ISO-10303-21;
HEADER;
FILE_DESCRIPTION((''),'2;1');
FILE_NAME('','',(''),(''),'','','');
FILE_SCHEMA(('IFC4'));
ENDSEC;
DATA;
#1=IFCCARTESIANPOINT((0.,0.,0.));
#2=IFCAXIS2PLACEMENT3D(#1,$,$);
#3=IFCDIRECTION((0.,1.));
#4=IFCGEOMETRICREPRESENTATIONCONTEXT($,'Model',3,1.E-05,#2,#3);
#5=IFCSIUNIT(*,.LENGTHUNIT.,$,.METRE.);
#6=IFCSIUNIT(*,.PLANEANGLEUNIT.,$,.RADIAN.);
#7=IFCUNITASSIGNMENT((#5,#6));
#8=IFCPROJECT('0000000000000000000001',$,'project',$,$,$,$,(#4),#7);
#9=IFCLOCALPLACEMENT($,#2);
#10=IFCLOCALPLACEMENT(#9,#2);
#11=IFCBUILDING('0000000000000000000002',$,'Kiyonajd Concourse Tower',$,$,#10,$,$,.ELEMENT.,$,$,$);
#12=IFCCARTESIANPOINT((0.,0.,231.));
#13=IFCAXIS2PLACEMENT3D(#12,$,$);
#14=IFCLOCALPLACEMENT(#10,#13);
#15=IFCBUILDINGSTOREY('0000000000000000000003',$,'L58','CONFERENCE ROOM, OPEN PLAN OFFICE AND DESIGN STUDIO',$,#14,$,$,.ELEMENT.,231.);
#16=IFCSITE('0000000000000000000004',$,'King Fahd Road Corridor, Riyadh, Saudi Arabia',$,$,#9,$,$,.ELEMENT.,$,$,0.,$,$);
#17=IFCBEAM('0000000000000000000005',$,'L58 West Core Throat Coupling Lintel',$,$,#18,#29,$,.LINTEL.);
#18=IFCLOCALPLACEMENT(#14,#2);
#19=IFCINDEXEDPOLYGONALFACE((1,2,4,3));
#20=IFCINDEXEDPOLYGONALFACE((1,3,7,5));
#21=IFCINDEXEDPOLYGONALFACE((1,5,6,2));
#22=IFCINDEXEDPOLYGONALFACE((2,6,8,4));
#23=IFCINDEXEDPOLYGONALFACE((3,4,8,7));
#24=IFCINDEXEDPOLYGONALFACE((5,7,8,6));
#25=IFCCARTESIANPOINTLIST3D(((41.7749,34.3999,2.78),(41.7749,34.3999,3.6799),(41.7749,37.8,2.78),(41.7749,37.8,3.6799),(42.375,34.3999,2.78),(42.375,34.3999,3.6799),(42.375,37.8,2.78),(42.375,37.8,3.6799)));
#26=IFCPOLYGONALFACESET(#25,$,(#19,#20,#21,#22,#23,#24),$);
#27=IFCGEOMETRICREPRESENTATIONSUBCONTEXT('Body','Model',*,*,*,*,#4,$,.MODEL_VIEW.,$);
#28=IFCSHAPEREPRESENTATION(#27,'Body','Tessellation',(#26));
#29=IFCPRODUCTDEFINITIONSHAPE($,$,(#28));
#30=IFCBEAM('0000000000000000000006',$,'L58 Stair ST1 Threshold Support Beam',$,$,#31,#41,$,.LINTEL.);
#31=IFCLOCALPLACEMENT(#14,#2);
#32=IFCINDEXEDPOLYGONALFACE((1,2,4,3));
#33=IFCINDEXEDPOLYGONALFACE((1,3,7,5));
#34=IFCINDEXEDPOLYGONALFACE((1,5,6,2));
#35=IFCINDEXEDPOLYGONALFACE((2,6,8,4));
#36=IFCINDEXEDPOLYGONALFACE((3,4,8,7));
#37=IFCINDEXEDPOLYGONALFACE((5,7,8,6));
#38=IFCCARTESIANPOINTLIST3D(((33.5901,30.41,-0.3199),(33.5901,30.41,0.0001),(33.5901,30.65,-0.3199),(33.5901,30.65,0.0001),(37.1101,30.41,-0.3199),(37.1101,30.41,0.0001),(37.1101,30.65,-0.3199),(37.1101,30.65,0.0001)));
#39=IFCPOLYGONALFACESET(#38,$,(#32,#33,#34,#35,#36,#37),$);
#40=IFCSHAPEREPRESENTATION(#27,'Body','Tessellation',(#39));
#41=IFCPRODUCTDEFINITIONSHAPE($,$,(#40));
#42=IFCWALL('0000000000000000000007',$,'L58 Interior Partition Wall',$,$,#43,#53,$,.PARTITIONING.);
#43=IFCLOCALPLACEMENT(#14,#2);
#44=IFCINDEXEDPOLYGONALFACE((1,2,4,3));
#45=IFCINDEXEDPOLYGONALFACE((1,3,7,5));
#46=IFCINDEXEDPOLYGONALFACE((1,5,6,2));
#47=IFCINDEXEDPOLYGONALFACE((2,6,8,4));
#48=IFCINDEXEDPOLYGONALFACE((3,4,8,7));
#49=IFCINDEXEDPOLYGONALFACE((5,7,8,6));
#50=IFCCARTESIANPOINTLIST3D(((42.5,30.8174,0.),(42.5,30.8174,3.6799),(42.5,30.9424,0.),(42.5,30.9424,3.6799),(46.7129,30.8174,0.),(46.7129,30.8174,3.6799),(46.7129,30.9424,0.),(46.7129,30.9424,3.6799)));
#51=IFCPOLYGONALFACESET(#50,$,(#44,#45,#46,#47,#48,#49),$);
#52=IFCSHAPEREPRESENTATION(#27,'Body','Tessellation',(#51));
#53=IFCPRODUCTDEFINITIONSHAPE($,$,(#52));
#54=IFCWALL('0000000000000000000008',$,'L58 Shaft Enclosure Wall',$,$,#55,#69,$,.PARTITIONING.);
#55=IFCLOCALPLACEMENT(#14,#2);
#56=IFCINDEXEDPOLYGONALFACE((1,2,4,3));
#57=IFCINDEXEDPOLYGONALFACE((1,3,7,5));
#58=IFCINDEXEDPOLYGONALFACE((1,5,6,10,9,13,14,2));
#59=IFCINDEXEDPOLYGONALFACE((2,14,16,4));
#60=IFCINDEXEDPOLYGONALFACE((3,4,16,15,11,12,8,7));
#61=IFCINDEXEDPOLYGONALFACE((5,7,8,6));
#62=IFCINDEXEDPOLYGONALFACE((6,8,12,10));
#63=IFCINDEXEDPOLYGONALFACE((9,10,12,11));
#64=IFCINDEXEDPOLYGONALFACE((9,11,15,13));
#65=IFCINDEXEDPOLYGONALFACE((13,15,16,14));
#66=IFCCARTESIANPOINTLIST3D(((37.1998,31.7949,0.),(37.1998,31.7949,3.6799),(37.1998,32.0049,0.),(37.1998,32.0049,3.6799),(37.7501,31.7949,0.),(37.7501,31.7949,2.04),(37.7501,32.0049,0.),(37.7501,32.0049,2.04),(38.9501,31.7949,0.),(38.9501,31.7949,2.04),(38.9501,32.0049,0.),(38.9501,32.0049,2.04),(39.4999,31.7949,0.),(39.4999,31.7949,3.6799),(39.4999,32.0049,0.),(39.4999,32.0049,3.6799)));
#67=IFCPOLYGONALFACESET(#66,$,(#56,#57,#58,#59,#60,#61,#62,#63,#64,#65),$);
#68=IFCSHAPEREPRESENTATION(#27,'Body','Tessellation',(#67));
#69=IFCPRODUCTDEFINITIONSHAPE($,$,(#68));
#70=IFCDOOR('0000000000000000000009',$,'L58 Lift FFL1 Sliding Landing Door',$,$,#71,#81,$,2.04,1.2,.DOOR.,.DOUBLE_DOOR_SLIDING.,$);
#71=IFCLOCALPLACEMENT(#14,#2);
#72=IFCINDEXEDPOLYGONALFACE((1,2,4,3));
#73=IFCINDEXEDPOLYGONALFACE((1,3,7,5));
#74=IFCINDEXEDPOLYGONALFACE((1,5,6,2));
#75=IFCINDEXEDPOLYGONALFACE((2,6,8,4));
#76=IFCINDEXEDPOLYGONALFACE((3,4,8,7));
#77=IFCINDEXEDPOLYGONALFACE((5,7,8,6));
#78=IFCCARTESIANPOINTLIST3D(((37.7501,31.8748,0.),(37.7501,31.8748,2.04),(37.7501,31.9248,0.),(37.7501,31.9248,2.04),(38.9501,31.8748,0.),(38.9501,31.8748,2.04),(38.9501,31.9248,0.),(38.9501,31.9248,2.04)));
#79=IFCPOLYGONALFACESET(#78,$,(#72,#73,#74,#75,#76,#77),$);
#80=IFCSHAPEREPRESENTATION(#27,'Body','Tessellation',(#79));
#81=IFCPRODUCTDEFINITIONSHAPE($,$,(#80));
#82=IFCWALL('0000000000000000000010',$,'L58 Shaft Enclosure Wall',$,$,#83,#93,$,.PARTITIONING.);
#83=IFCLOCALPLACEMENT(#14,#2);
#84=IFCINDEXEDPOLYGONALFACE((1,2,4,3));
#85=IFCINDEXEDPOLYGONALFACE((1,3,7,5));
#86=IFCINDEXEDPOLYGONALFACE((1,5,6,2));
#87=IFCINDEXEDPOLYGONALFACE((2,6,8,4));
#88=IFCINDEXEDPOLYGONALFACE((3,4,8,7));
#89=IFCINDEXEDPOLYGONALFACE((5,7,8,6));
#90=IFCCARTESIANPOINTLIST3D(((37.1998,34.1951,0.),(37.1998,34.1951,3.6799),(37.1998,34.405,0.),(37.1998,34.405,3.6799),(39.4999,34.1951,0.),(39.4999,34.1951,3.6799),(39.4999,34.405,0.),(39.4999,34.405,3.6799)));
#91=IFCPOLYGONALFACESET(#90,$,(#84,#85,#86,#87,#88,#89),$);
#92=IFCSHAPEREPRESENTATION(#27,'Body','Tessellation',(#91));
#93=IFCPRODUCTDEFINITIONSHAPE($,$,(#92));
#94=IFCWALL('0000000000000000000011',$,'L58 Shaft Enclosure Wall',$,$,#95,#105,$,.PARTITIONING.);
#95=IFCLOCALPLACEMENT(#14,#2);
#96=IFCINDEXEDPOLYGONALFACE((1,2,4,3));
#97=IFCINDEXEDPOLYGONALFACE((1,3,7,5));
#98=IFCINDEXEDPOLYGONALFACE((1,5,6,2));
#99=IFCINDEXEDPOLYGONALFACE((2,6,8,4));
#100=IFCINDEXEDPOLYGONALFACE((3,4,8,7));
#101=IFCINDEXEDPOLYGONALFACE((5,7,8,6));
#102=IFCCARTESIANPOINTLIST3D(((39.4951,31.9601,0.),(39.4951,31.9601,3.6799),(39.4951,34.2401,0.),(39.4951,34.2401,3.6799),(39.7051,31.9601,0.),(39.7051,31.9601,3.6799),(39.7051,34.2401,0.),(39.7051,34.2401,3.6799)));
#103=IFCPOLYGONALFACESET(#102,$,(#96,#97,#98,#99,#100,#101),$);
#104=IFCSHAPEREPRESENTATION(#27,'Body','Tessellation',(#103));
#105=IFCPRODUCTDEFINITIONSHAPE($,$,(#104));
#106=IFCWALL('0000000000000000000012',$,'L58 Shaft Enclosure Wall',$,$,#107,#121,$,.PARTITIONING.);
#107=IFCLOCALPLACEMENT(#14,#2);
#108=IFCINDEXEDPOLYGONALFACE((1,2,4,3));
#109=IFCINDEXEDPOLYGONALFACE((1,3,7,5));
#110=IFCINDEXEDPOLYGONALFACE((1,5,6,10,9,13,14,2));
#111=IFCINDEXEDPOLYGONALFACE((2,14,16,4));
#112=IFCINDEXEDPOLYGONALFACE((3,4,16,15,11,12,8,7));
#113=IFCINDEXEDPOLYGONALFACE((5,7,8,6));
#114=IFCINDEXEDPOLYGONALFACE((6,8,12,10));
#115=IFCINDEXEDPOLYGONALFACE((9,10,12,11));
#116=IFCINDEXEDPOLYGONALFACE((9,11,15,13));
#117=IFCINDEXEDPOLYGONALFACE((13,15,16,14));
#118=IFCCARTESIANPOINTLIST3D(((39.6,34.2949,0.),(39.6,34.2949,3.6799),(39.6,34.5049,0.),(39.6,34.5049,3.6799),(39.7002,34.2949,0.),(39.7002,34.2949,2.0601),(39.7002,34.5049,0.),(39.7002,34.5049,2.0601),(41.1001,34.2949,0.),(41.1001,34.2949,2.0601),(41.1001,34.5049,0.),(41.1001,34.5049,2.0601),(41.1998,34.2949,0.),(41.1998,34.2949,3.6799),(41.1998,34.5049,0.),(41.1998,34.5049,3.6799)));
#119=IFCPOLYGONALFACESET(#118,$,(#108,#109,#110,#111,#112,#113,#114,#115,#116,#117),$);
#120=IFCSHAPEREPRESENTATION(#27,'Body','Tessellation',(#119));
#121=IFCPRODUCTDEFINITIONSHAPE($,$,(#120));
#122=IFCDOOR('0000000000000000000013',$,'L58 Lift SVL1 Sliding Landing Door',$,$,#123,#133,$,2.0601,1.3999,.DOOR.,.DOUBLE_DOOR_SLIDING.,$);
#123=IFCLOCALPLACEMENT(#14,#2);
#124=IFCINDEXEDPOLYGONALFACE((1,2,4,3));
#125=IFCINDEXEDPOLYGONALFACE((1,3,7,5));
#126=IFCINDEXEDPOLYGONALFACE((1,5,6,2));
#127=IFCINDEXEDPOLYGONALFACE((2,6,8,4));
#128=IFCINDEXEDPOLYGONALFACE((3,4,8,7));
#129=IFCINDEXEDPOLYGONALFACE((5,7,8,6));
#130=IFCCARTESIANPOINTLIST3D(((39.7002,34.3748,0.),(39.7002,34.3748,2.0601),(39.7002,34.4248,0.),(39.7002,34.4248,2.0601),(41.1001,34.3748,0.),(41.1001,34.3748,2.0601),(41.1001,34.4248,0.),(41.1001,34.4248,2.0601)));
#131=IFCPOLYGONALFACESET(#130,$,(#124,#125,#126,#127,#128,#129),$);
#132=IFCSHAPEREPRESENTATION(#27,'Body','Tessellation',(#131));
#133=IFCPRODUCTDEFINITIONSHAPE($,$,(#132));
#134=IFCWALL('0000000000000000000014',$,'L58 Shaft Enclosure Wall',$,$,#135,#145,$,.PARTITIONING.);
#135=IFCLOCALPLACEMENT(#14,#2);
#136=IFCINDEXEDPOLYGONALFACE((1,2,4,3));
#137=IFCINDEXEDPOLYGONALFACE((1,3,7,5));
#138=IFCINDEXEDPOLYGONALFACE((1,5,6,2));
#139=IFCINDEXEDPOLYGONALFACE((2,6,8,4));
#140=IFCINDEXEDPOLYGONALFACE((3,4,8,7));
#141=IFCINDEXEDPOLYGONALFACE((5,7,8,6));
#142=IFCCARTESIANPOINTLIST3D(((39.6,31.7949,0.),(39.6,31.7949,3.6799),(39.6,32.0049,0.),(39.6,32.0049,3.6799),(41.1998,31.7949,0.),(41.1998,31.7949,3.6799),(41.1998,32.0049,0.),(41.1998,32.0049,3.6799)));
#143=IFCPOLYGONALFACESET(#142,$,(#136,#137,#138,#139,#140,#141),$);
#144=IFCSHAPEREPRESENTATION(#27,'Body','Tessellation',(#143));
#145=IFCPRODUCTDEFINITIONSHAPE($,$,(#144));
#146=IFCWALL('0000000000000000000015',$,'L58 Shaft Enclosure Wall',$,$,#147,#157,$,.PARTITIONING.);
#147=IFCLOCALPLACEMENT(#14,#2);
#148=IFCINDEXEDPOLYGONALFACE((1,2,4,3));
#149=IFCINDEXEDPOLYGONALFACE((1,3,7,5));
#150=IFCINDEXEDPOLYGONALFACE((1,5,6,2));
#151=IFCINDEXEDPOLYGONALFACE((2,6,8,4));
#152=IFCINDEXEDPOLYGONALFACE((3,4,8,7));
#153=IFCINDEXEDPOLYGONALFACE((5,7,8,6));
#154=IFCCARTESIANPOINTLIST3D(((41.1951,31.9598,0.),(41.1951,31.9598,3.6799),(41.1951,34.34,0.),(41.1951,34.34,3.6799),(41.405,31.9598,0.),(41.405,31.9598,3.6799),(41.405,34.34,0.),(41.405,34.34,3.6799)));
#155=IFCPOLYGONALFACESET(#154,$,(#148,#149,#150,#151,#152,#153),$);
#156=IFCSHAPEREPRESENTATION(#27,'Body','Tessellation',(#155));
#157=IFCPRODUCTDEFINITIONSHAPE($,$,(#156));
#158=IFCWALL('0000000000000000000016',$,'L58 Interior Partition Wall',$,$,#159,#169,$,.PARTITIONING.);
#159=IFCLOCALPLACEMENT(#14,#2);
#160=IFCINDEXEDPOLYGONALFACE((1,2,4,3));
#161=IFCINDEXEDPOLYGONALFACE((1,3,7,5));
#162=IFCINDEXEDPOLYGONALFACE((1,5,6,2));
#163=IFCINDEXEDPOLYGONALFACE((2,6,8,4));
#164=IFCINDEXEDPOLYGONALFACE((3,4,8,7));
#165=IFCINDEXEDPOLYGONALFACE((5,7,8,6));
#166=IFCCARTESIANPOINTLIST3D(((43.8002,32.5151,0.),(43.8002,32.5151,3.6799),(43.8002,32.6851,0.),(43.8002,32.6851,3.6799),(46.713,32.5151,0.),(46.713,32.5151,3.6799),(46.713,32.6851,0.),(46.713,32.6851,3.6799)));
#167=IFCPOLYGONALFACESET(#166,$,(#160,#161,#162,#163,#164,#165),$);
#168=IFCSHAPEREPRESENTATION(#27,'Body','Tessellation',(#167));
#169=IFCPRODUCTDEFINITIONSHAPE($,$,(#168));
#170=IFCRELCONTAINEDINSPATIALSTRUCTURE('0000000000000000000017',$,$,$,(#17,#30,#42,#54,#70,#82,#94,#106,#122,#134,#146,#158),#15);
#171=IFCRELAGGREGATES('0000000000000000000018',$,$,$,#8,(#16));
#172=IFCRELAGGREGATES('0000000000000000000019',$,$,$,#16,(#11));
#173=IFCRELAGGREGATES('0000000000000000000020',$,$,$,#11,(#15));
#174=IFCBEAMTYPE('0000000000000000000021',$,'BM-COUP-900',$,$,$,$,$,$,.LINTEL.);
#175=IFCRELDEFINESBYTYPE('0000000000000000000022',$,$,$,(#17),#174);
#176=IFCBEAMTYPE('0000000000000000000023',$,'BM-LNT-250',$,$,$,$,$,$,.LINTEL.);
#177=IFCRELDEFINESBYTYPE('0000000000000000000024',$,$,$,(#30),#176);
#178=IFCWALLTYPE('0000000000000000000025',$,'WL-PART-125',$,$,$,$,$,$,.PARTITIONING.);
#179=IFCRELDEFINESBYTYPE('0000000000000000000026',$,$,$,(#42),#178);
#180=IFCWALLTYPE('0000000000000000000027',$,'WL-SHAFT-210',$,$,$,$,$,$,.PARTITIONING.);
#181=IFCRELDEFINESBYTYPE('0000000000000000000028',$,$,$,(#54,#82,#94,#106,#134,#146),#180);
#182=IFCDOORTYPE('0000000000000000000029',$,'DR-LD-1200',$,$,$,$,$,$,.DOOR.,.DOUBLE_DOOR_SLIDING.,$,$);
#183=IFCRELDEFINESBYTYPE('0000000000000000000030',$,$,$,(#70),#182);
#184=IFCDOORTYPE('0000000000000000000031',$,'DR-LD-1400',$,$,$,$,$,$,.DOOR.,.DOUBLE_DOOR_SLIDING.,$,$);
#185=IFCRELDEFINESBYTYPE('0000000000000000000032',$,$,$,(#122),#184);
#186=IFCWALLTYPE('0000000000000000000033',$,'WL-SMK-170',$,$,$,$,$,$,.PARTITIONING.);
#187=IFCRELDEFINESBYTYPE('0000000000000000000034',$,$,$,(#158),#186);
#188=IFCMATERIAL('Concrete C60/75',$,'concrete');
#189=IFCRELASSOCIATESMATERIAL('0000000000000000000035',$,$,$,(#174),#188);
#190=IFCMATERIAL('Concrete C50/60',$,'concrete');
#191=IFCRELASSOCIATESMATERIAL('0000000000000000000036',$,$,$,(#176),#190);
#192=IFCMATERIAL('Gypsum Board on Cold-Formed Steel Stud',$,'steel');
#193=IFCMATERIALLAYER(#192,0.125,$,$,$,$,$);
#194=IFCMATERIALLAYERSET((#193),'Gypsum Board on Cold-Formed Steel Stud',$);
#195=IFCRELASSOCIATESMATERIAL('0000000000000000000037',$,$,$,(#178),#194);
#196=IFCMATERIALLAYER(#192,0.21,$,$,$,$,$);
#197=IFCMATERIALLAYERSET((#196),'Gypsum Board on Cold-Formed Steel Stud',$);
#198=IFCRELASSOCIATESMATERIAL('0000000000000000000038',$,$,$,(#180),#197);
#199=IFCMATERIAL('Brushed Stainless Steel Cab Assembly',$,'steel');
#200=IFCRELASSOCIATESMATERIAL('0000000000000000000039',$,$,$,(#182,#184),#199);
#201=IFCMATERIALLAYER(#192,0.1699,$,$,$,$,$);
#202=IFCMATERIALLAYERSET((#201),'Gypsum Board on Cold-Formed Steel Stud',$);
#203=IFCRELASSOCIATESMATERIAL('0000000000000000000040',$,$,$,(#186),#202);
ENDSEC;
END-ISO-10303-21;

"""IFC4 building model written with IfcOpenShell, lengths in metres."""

from ifc_helpers import new_model, si_unit, direction, frame, frame_2d, origin, origin_2d, place, context, subcontext, project, spatial, rectangle, extrude, material, layer, layer_set, material_profile, profile_set, type_object, element, fill, save


model = new_model("IFC4")

# Units and contexts
model_context = context("Model", 3, precision=1e-05, world=origin(), true_north=direction((0.0, 1.0)))
body_context = subcontext(model_context, "Body", "Model", "MODEL_VIEW")
ifc_project = project(units=[si_unit("LENGTHUNIT", "METRE"), si_unit("PLANEANGLEUNIT", "RADIAN")], contexts=[model_context])

# Site, building, storey
site_placement = place(None, origin())
site = spatial("IfcSite", under=ifc_project, at=site_placement, Name="King Fahd Road Corridor, Riyadh, Saudi Arabia", CompositionType="ELEMENT", RefElevation=0.0)
building_placement = place(site_placement, origin())
building = spatial("IfcBuilding", under=site, at=building_placement, Name="Kiyonajd Concourse Tower", CompositionType="ELEMENT")
storey_placement = place(building_placement, frame((0.0, 0.0, 231.0)))
storey = spatial("IfcBuildingStorey", under=building, at=storey_placement, Name="L58", Description="CONFERENCE ROOM, OPEN PLAN OFFICE AND DESIGN STUDIO", CompositionType="ELEMENT", Elevation=231.0)

# Beams
ifc_material_1 = material(Name="Concrete C60/75", Category="concrete")
ifc_material_profile_1 = material_profile(ifc_material_1, rectangle(XDim=0.6001, YDim=0.8999, at=origin_2d()), Name="RCBM-600x900")
ifc_profile_set_1 = profile_set([ifc_material_profile_1], Name="Concrete C60/75")
beam_type_1 = type_object("IfcBeamType", Name="BM-COUP-900", PredefinedType="LINTEL", material=ifc_profile_set_1)
beam_1_placement = place(storey_placement, frame((42.075, 34.3999, 3.23), z_axis=(0.0, 1.0, 0.0), x_axis=(-1.0, 0.0, 0.0)))
element("IfcBeam", 1, at=beam_1_placement, inside=storey, type_object=beam_type_1, Name="L58 West Core Throat Coupling Lintel", PredefinedType="LINTEL", context=body_context, shape_type="SweptSolid", body=[
    extrude(rectangle(XDim=0.6001, YDim=0.8999, at=origin_2d()), origin(), (0.0, 0.0, 1.0), 3.4001),
])
ifc_material_2 = material(Name="Concrete C50/60", Category="concrete")
ifc_material_profile_2 = material_profile(ifc_material_2, rectangle(XDim=0.24, YDim=0.3201, at=origin_2d()), Name="RCBM-240x320")
ifc_profile_set_2 = profile_set([ifc_material_profile_2], Name="Concrete C50/60")
beam_type_2 = type_object("IfcBeamType", Name="BM-LNT-250", PredefinedType="LINTEL", material=ifc_profile_set_2)
beam_2_placement = place(storey_placement, frame((33.5901, 30.53, -0.1599), z_axis=(1.0, 0.0, 0.0), x_axis=(0.0, 1.0, 0.0)))
element("IfcBeam", 2, at=beam_2_placement, inside=storey, type_object=beam_type_2, Name="L58 Stair ST1 Threshold Support Beam", PredefinedType="LINTEL", context=body_context, shape_type="SweptSolid", body=[
    extrude(rectangle(XDim=0.24, YDim=0.3201, at=origin_2d()), origin(), (0.0, 0.0, 1.0), 3.52),
])

# Wall
ifc_material_3 = material(Name="Gypsum Board on Cold-Formed Steel Stud", Category="steel")
ifc_layer_1 = layer(ifc_material_3, 0.125)
ifc_layer_set_1 = layer_set([ifc_layer_1], Name="Gypsum Board on Cold-Formed Steel Stud")
wall_type_1 = type_object("IfcWallType", Name="WL-PART-125", PredefinedType="PARTITIONING", material=ifc_layer_set_1)
wall_1_placement = place(storey_placement, frame((42.5, 30.8799, 0.0), z_axis=(0.0, 0.0, 1.0), x_axis=(1.0, 0.0, 0.0)))
element("IfcWall", 3, at=wall_1_placement, inside=storey, type_object=wall_type_1, Name="L58 Interior Partition Wall", PredefinedType="PARTITIONING", context=body_context, shape_type="SweptSolid", body=[
    extrude(rectangle(XDim=4.2129, YDim=0.125, at=frame_2d((2.1064, 0.0))), origin(), (0.0, 0.0, 1.0), 3.6799),
])

# Wall, opening, door
ifc_layer_2 = layer(ifc_material_3, 0.21)
ifc_layer_set_2 = layer_set([ifc_layer_2], Name="Gypsum Board on Cold-Formed Steel Stud")
wall_type_2 = type_object("IfcWallType", Name="WL-SHAFT-210", PredefinedType="PARTITIONING", material=ifc_layer_set_2)
wall_2_placement = place(storey_placement, frame((37.2, 31.8999, 0.0), z_axis=(0.0, 0.0, 1.0), x_axis=(1.0, 0.0, 0.0)))
wall_2 = element("IfcWall", 4, at=wall_2_placement, inside=storey, type_object=wall_type_2, Name="L58 Shaft Enclosure Wall", PredefinedType="PARTITIONING", context=body_context, shape_type="SweptSolid", body=[
    extrude(rectangle(XDim=2.3, YDim=0.21, at=frame_2d((1.1499, 0.0))), origin(), (0.0, 0.0, 1.0), 3.6799),
])
opening_1_placement = place(wall_2_placement, frame((0.55, 0.0, 0.0)))
opening_1 = element("IfcOpeningElement", 5, at=opening_1_placement, cuts=wall_2, PredefinedType="OPENING", context=body_context, shape_type="SweptSolid", body=[
    extrude(rectangle(XDim=1.2, YDim=2.04, at=frame_2d((0.6001, 1.02))), frame((0.0, 0.115, 0.0), z_axis=(0.0, -1.0, 0.0), x_axis=(1.0, 0.0, 0.0)), (0.0, 0.0, 1.0), 0.23),
])
ifc_material_4 = material(Name="Brushed Stainless Steel Cab Assembly", Category="steel")
door_type_1 = type_object("IfcDoorType", Name="DR-LD-1200", OperationType="DOUBLE_DOOR_SLIDING", PredefinedType="DOOR", material=ifc_material_4)
door_1_placement = place(opening_1_placement, origin())
door_1 = element("IfcDoor", 6, at=door_1_placement, inside=storey, type_object=door_type_1, Name="L58 Lift FFL1 Sliding Landing Door", OperationType="DOUBLE_DOOR_SLIDING", OverallHeight=2.04, OverallWidth=1.2, PredefinedType="DOOR", context=body_context, shape_type="SweptSolid", body=[
    extrude(rectangle(XDim=1.2, YDim=2.04, at=frame_2d((0.6001, 1.02))), frame((0.0, 0.0249, 0.0), z_axis=(0.0, -1.0, 0.0), x_axis=(1.0, 0.0, 0.0)), (0.0, 0.0, 1.0), 0.05),
])
fill(opening_1, door_1)

# Walls
wall_3_placement = place(storey_placement, frame((37.2, 34.3, 0.0), z_axis=(0.0, 0.0, 1.0), x_axis=(1.0, 0.0, 0.0)))
element("IfcWall", 7, at=wall_3_placement, inside=storey, type_object=wall_type_2, Name="L58 Shaft Enclosure Wall", PredefinedType="PARTITIONING", context=body_context, shape_type="SweptSolid", body=[
    extrude(rectangle(XDim=2.3, YDim=0.21, at=frame_2d((1.1499, 0.0))), origin(), (0.0, 0.0, 1.0), 3.6799),
])
wall_4_placement = place(storey_placement, frame((39.6001, 31.96, 0.0), z_axis=(0.0, 0.0, 1.0), x_axis=(0.0, 1.0, 0.0)))
element("IfcWall", 8, at=wall_4_placement, inside=storey, type_object=wall_type_2, Name="L58 Shaft Enclosure Wall", PredefinedType="PARTITIONING", context=body_context, shape_type="SweptSolid", body=[
    extrude(rectangle(XDim=2.28, YDim=0.21, at=frame_2d((1.1401, 0.0))), origin(), (0.0, 0.0, 1.0), 3.6799),
])

# Wall, opening, door
wall_5_placement = place(storey_placement, frame((39.6001, 34.3999, 0.0), z_axis=(0.0, 0.0, 1.0), x_axis=(1.0, 0.0, 0.0)))
wall_5 = element("IfcWall", 9, at=wall_5_placement, inside=storey, type_object=wall_type_2, Name="L58 Shaft Enclosure Wall", PredefinedType="PARTITIONING", context=body_context, shape_type="SweptSolid", body=[
    extrude(rectangle(XDim=1.5999, YDim=0.21, at=frame_2d((0.7998, 0.0))), origin(), (0.0, 0.0, 1.0), 3.6799),
])
opening_2_placement = place(wall_5_placement, frame((0.1001, 0.0, 0.0)))
opening_2 = element("IfcOpeningElement", 10, at=opening_2_placement, cuts=wall_5, PredefinedType="OPENING", context=body_context, shape_type="SweptSolid", body=[
    extrude(rectangle(XDim=1.3999, YDim=2.0601, at=frame_2d((0.7, 1.03))), frame((0.0, 0.115, 0.0), z_axis=(0.0, -1.0, 0.0), x_axis=(1.0, 0.0, 0.0)), (0.0, 0.0, 1.0), 0.23),
])
door_type_2 = type_object("IfcDoorType", Name="DR-LD-1400", OperationType="DOUBLE_DOOR_SLIDING", PredefinedType="DOOR", material=ifc_material_4)
door_2_placement = place(opening_2_placement, origin())
door_2 = element("IfcDoor", 11, at=door_2_placement, inside=storey, type_object=door_type_2, Name="L58 Lift SVL1 Sliding Landing Door", OperationType="DOUBLE_DOOR_SLIDING", OverallHeight=2.0601, OverallWidth=1.3999, PredefinedType="DOOR", context=body_context, shape_type="SweptSolid", body=[
    extrude(rectangle(XDim=1.3999, YDim=2.0601, at=frame_2d((0.7, 1.03))), frame((0.0, 0.0249, 0.0), z_axis=(0.0, -1.0, 0.0), x_axis=(1.0, 0.0, 0.0)), (0.0, 0.0, 1.0), 0.05),
])
fill(opening_2, door_2)

# Walls
wall_6_placement = place(storey_placement, frame((39.6001, 31.8999, 0.0), z_axis=(0.0, 0.0, 1.0), x_axis=(1.0, 0.0, 0.0)))
element("IfcWall", 12, at=wall_6_placement, inside=storey, type_object=wall_type_2, Name="L58 Shaft Enclosure Wall", PredefinedType="PARTITIONING", context=body_context, shape_type="SweptSolid", body=[
    extrude(rectangle(XDim=1.5999, YDim=0.21, at=frame_2d((0.7998, 0.0))), origin(), (0.0, 0.0, 1.0), 3.6799),
])
wall_7_placement = place(storey_placement, frame((41.3, 31.96, 0.0), z_axis=(0.0, 0.0, 1.0), x_axis=(0.0, 1.0, 0.0)))
element("IfcWall", 13, at=wall_7_placement, inside=storey, type_object=wall_type_2, Name="L58 Shaft Enclosure Wall", PredefinedType="PARTITIONING", context=body_context, shape_type="SweptSolid", body=[
    extrude(rectangle(XDim=2.3801, YDim=0.21, at=frame_2d((1.1899, 0.0))), origin(), (0.0, 0.0, 1.0), 3.6799),
])
ifc_layer_3 = layer(ifc_material_3, 0.1699)
ifc_layer_set_3 = layer_set([ifc_layer_3], Name="Gypsum Board on Cold-Formed Steel Stud")
wall_type_3 = type_object("IfcWallType", Name="WL-SMK-170", PredefinedType="PARTITIONING", material=ifc_layer_set_3)
wall_8_placement = place(storey_placement, frame((43.8, 32.6001, 0.0), z_axis=(0.0, 0.0, 1.0), x_axis=(1.0, 0.0, 0.0)))
element("IfcWall", 14, at=wall_8_placement, inside=storey, type_object=wall_type_3, Name="L58 Interior Partition Wall", PredefinedType="PARTITIONING", context=body_context, shape_type="SweptSolid", body=[
    extrude(rectangle(XDim=2.9128, YDim=0.1699, at=frame_2d((1.4565, 0.0))), origin(), (0.0, 0.0, 1.0), 3.6799),
])

save(model, "model.ifc")
